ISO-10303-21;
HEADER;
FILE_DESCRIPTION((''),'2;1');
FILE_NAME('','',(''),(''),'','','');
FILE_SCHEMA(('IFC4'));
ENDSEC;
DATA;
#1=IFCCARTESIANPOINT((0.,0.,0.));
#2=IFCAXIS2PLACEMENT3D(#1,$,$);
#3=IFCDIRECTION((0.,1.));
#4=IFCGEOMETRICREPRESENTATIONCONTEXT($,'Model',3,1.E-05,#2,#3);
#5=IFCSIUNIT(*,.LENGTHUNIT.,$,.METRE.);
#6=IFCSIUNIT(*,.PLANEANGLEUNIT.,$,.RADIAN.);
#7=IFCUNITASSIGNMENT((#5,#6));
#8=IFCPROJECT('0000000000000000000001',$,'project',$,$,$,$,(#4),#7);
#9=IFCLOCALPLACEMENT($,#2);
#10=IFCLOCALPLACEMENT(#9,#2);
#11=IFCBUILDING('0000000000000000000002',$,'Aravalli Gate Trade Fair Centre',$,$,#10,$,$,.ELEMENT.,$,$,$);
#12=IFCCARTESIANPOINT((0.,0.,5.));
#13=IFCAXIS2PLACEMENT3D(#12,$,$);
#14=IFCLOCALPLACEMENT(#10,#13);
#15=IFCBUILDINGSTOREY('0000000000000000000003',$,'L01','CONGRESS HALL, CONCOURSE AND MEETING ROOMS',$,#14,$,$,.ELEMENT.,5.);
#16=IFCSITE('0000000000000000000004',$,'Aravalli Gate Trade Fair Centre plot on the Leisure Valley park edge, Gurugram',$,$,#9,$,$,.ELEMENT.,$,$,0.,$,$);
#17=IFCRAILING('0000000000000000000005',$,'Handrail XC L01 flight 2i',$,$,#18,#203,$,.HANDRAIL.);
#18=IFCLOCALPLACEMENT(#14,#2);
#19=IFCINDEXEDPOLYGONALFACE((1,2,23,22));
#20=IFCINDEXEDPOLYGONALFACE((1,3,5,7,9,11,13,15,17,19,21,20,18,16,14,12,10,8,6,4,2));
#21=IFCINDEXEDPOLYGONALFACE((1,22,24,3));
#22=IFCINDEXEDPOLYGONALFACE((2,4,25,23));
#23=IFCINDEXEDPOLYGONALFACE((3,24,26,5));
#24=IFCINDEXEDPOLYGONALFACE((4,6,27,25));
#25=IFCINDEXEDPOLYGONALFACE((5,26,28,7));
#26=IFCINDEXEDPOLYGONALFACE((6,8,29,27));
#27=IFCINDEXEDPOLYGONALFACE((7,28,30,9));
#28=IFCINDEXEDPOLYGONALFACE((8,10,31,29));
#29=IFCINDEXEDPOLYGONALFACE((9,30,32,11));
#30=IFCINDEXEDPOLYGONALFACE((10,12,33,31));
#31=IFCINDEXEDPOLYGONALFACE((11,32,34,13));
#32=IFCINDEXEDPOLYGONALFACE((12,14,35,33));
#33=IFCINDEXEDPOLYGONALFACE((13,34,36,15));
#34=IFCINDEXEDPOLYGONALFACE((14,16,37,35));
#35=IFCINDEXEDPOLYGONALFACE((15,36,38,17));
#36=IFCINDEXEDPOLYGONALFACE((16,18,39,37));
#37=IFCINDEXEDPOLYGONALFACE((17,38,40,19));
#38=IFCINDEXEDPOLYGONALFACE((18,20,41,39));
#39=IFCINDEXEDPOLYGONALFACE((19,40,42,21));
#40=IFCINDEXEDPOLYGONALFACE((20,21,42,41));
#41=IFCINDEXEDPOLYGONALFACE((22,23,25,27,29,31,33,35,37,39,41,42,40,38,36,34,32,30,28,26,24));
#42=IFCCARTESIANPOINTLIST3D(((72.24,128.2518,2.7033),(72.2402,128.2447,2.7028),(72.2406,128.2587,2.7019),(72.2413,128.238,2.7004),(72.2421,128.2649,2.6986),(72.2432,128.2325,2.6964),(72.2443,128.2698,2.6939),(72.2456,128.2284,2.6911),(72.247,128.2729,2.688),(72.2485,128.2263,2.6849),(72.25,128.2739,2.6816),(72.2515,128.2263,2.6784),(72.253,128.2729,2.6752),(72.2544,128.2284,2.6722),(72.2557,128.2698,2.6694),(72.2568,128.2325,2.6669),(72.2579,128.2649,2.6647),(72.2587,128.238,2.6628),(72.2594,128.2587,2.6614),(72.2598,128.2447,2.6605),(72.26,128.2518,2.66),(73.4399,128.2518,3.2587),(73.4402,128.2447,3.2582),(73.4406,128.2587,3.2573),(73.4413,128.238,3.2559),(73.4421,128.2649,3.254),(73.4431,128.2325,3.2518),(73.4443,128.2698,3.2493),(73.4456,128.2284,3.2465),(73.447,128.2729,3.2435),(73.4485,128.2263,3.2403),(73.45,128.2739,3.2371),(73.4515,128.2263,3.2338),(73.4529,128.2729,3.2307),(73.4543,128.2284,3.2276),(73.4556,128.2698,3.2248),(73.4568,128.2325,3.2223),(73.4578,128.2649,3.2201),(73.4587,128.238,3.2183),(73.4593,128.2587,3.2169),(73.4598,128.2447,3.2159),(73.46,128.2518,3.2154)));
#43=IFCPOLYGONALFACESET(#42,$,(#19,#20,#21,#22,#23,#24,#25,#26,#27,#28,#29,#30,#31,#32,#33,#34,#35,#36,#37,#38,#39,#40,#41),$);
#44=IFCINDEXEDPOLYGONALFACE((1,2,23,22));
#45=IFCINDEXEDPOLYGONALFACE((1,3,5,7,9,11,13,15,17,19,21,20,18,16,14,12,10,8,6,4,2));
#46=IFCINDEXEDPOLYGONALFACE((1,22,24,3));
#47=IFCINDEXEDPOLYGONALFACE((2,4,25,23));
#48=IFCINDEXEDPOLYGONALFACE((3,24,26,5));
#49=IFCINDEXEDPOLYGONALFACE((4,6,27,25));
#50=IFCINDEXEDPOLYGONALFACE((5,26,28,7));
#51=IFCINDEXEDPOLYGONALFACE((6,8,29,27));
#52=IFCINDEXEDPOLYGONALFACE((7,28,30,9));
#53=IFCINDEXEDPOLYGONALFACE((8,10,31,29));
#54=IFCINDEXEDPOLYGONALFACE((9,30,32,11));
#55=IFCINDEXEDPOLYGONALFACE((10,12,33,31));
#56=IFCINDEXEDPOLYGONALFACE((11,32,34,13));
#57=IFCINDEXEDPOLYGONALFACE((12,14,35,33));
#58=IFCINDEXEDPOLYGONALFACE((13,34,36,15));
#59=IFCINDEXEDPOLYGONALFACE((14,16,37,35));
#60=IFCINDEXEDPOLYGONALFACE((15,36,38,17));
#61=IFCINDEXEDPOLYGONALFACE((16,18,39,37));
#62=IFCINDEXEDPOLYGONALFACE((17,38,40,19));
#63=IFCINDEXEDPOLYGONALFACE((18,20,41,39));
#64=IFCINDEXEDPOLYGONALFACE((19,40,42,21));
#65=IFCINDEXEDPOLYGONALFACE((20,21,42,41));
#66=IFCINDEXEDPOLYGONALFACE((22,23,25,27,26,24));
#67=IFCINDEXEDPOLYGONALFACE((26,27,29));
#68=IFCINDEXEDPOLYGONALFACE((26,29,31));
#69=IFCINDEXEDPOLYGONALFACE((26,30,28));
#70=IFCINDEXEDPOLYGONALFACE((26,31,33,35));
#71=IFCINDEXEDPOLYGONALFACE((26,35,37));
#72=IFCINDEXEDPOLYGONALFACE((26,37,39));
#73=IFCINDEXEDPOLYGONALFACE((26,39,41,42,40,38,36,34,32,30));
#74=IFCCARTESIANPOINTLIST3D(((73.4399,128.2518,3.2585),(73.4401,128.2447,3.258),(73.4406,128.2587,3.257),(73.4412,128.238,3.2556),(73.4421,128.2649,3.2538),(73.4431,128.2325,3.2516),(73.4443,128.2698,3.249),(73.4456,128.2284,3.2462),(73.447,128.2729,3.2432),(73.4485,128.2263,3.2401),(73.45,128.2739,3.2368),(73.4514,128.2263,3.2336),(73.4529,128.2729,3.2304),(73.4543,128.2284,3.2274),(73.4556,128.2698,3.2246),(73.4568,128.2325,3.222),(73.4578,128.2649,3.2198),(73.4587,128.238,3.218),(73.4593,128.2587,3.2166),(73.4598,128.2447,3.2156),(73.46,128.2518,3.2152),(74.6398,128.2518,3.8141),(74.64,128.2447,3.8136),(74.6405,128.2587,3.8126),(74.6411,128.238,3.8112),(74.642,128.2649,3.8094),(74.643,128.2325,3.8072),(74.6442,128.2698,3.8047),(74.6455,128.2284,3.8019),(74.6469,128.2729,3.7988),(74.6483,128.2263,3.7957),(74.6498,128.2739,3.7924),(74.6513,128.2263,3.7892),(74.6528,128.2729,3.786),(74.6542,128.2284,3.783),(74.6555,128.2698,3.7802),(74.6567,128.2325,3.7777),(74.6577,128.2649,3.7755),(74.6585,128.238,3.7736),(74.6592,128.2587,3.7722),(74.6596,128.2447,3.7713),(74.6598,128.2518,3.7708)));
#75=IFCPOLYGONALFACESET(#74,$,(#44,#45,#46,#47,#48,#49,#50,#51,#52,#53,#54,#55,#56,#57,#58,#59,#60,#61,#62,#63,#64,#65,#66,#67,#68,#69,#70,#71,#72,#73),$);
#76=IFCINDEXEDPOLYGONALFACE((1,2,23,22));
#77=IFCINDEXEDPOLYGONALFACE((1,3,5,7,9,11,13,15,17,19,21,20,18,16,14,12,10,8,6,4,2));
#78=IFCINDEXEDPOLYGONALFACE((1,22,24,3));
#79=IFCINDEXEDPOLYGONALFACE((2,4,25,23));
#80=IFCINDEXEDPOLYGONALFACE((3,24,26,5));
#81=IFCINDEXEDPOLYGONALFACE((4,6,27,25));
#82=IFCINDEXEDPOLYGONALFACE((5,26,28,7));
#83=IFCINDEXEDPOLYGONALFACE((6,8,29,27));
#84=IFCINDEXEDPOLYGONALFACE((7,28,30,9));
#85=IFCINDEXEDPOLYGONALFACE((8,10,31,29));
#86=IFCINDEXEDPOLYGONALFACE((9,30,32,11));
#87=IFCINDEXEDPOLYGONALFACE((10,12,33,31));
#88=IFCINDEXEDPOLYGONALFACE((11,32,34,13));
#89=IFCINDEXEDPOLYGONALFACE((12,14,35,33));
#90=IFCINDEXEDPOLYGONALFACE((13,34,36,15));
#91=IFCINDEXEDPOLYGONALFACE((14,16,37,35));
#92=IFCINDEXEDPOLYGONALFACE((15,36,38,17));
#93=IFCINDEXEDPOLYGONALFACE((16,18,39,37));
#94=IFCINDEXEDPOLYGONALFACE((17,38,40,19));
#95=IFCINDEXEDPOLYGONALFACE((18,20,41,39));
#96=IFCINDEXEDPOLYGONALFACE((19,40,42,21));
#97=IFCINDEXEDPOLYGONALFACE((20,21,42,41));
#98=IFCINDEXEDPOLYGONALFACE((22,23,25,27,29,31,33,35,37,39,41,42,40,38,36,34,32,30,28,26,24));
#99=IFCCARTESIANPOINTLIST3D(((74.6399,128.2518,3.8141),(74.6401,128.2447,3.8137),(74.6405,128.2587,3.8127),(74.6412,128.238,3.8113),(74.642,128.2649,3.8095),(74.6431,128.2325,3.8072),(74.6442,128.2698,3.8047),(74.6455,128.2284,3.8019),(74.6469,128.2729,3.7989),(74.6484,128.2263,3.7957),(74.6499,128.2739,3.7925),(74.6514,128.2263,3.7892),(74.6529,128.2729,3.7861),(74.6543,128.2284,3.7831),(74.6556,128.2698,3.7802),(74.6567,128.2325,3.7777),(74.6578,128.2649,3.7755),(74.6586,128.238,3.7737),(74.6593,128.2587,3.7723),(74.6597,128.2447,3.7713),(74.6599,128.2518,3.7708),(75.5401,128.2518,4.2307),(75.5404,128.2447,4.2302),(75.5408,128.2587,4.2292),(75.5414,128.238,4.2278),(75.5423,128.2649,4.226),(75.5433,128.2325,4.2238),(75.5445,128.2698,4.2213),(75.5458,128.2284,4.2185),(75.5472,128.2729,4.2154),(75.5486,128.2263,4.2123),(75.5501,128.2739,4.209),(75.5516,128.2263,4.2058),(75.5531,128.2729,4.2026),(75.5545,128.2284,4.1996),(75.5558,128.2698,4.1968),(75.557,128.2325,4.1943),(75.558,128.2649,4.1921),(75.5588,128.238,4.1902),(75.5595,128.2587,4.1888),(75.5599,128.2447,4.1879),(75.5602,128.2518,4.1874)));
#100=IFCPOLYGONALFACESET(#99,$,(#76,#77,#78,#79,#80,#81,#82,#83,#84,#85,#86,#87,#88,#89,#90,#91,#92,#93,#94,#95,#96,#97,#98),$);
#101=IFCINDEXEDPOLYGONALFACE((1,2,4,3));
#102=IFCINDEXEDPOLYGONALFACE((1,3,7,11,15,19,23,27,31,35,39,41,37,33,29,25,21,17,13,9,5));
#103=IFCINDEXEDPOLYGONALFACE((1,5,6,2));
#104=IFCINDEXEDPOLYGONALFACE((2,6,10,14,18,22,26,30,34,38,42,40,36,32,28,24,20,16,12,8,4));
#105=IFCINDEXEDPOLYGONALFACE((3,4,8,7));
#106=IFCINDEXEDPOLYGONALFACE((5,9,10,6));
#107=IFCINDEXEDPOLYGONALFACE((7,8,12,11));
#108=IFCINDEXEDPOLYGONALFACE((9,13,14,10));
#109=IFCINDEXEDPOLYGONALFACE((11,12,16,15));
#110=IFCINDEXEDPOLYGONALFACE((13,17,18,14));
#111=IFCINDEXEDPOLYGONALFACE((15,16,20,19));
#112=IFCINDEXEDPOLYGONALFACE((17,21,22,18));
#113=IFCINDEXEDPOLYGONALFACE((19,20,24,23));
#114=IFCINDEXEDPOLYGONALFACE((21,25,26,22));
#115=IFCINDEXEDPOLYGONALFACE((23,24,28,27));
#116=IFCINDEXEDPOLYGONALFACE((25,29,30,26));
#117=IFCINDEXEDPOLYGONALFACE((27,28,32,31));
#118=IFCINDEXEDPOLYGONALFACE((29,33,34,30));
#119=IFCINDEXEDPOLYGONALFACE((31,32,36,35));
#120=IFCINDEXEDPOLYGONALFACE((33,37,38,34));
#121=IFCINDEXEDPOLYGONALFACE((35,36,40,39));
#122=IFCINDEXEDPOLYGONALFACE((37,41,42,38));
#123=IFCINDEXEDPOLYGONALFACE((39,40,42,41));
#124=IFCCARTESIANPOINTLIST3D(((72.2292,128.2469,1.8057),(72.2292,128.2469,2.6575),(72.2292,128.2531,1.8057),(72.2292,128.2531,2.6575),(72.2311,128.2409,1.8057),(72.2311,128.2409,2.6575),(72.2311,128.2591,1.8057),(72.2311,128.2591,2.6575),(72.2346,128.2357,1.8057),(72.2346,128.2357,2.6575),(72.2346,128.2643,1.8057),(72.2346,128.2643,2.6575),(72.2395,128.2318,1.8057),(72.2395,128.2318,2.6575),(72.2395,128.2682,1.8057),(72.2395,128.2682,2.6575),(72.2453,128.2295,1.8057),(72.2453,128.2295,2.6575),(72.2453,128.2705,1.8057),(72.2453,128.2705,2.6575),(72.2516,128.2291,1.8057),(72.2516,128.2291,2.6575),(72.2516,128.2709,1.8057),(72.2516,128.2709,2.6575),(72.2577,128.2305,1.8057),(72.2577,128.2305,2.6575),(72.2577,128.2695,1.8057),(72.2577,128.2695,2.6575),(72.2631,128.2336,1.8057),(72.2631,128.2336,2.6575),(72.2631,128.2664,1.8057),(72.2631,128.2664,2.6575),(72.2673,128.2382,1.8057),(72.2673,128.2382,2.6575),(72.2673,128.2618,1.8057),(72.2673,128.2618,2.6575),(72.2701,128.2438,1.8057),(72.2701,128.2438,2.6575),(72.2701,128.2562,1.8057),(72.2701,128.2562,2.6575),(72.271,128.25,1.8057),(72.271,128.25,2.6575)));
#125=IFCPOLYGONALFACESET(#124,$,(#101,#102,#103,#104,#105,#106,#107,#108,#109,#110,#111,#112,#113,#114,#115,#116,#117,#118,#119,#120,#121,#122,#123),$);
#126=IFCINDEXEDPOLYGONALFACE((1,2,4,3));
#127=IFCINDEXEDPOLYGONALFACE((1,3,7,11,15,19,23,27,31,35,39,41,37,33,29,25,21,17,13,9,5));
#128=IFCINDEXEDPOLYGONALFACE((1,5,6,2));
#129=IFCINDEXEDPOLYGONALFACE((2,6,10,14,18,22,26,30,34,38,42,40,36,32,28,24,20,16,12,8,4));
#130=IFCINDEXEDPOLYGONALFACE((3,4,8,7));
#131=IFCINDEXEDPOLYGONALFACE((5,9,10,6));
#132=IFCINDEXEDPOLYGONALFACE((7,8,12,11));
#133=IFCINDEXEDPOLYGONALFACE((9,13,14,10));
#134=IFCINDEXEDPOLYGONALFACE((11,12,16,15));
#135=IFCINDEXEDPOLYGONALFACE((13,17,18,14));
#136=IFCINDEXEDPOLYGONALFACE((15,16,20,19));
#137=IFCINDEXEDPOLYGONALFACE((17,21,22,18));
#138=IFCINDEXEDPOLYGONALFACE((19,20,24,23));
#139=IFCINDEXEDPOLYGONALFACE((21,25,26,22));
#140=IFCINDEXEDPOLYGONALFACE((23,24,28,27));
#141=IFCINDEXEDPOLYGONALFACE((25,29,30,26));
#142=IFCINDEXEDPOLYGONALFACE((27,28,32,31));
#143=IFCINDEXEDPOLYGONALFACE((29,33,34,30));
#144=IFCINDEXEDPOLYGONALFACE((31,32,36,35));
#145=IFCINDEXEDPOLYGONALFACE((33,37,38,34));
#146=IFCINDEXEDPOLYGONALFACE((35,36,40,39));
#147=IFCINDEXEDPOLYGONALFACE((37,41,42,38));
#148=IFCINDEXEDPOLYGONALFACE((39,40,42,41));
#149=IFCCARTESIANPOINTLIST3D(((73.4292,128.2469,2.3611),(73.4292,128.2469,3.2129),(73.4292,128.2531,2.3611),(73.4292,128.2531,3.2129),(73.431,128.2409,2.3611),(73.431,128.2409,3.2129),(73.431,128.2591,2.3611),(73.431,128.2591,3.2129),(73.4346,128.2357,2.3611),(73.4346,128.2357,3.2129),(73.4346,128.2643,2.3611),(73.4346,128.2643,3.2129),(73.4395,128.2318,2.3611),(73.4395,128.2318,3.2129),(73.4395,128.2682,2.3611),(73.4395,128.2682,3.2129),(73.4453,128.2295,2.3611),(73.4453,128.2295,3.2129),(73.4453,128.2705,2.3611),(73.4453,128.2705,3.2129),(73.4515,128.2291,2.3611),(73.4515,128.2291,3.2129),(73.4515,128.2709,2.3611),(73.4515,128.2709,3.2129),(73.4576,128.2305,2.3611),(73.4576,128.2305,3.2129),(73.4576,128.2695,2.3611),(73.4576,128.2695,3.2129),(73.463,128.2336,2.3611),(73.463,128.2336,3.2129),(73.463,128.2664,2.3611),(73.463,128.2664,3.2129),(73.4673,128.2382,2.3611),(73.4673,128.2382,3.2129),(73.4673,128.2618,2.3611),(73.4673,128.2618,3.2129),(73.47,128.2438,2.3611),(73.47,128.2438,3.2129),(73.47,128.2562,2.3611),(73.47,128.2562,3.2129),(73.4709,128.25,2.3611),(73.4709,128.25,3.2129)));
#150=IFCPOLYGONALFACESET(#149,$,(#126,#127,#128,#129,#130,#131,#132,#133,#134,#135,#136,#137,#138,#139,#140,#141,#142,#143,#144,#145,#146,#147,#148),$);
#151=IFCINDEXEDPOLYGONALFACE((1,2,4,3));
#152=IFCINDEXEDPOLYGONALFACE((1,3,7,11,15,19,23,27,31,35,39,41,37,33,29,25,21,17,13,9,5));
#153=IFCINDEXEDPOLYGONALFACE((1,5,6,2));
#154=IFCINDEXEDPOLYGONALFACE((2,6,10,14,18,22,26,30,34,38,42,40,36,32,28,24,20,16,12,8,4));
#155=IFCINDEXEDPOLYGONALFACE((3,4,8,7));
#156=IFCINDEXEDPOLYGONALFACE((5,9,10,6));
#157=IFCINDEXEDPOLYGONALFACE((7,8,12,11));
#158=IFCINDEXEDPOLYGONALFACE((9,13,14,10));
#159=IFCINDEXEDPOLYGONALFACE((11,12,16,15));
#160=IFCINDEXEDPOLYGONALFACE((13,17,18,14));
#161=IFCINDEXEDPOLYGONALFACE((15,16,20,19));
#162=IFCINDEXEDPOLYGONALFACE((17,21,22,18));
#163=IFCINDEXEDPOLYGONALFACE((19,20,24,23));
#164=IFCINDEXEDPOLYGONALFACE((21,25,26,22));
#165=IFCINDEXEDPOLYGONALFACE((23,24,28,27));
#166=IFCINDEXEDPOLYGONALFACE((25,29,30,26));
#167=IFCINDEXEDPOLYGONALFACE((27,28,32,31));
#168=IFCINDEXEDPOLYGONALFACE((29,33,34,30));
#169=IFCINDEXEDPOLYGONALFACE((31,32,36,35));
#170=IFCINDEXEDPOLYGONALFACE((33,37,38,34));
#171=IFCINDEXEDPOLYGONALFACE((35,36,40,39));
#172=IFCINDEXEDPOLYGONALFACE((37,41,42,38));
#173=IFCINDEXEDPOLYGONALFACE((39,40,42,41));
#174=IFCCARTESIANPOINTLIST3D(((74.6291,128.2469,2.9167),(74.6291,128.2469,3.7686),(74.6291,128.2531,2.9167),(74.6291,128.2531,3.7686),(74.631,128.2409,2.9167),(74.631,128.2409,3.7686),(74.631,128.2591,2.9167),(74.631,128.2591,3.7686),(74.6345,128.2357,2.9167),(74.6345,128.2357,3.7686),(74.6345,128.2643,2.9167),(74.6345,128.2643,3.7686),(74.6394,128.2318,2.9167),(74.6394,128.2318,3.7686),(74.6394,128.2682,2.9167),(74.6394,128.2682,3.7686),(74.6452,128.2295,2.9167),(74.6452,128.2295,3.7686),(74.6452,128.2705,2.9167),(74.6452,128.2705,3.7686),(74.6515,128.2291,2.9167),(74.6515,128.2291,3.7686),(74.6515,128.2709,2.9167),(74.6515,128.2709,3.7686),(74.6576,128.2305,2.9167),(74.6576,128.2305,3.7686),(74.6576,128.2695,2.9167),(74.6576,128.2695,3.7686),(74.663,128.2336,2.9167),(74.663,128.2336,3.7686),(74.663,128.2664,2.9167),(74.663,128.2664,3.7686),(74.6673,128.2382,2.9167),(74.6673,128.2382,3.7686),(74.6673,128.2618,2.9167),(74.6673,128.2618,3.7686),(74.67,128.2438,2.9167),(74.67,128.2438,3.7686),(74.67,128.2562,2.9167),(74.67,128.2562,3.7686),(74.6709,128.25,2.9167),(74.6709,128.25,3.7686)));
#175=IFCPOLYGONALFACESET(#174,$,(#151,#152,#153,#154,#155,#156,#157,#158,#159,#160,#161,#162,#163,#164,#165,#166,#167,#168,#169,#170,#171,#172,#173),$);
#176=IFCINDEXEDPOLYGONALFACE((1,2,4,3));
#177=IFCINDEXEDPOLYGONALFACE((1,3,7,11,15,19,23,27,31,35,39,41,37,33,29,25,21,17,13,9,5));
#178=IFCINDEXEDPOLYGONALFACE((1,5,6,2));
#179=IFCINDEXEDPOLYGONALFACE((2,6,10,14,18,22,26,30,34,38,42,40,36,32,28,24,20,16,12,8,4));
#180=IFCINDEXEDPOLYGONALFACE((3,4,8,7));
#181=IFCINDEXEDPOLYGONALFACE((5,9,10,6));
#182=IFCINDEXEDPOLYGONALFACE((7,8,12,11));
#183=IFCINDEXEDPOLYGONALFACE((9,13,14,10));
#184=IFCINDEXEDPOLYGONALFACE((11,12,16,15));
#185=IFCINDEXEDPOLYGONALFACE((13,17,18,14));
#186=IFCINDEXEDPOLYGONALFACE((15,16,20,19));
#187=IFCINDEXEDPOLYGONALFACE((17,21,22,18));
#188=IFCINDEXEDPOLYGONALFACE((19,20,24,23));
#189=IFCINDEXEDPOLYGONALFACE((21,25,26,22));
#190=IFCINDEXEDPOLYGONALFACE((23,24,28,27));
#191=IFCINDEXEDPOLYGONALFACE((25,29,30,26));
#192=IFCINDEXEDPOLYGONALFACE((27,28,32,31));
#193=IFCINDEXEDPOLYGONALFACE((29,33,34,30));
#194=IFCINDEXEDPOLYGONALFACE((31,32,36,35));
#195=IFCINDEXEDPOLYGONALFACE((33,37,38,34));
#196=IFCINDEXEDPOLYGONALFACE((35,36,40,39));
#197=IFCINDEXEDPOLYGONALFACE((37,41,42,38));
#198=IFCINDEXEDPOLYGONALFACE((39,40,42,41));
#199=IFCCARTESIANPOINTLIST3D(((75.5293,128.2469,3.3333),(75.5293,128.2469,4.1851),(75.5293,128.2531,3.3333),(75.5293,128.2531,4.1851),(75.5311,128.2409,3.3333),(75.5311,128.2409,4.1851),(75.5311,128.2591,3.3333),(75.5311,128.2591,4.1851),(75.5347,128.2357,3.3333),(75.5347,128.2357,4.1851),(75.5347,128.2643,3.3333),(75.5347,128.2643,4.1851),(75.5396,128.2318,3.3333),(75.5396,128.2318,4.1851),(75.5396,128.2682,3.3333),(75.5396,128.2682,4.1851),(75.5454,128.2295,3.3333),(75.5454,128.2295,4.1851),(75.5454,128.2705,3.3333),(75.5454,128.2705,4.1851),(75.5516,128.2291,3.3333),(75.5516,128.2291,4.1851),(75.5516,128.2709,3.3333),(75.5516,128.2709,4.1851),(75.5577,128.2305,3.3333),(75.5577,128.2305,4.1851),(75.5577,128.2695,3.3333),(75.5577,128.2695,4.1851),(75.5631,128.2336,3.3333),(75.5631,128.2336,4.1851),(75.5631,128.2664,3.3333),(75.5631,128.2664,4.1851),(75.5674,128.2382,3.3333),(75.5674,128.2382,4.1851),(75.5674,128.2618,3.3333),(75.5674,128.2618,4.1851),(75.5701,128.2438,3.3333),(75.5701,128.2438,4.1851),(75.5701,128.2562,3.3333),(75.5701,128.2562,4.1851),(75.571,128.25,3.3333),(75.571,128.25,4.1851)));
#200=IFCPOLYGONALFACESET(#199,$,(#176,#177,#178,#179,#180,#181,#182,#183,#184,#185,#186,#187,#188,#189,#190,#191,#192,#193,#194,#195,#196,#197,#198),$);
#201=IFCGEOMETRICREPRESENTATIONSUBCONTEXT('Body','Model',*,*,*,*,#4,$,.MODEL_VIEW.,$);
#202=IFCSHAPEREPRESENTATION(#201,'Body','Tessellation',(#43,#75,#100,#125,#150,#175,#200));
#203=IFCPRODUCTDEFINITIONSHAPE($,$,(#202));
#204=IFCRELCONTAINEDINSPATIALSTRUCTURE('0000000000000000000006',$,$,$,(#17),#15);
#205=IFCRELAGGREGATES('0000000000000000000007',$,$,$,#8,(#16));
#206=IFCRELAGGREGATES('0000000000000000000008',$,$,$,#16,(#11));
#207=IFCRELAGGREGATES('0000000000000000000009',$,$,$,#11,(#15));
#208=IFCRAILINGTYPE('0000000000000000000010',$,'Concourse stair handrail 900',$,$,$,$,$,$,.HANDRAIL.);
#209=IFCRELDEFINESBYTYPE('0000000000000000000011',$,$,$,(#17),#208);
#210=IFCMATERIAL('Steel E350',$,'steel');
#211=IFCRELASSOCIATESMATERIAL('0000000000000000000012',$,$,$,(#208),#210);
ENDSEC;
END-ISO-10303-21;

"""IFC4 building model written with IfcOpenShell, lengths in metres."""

from ifc_helpers import new_model, si_unit, direction, frame, origin, origin_2d, place, context, subcontext, project, spatial, circle, extrude, material, type_object, element, save


model = new_model("IFC4")

# Units and contexts
model_context = context("Model", 3, precision=1e-05, world=origin(), true_north=direction((0.0, 1.0)))
body_context = subcontext(model_context, "Body", "Model", "MODEL_VIEW")
ifc_project = project(units=[si_unit("LENGTHUNIT", "METRE"), si_unit("PLANEANGLEUNIT", "RADIAN")], contexts=[model_context])

# Site, building, storey
site_placement = place(None, origin())
site = spatial("IfcSite", under=ifc_project, at=site_placement, Name="Aravalli Gate Trade Fair Centre plot on the Leisure Valley park edge, Gurugram", CompositionType="ELEMENT", RefElevation=0.0)
building_placement = place(site_placement, origin())
building = spatial("IfcBuilding", under=site, at=building_placement, Name="Aravalli Gate Trade Fair Centre", CompositionType="ELEMENT")
storey_placement = place(building_placement, frame((0.0, 0.0, 5.0)))
storey = spatial("IfcBuildingStorey", under=building, at=storey_placement, Name="L01", Description="CONGRESS HALL, CONCOURSE AND MEETING ROOMS", CompositionType="ELEMENT", Elevation=5.0)

# Shared definitions
ifc_material_1 = material(Name="Steel E350", Category="steel")

# Railing
railing_type_1 = type_object("IfcRailingType", Name="Concourse stair handrail 900", PredefinedType="HANDRAIL", material=ifc_material_1)
railing_1_placement = place(storey_placement, frame((72.25, 128.25, 1.8057)))
element("IfcRailing", 1, at=railing_1_placement, inside=storey, type_object=railing_type_1, Name="Handrail XC L01 flight 2i", PredefinedType="HANDRAIL", context=body_context, shape_type="SweptSolid", body=[
    extrude(circle(Radius=0.0239, at=origin_2d()), frame((0.0, 0.0, 0.876), z_axis=(0.907499, 0.0, 0.420053), x_axis=(0.0, 1.0, 0.0)), (0.0, 0.0, 1.0), 1.3223),
    extrude(circle(Radius=0.0239, at=origin_2d()), frame((1.2, 0.0, 1.4312), z_axis=(0.907429, 0.0, 0.420205), x_axis=(0.0, 1.0, 0.0)), (0.0, 0.0, 1.0), 1.3223),
    extrude(circle(Radius=0.0239, at=origin_2d()), frame((2.3999, 0.0, 1.9868), z_axis=(0.907556, 0.0, 0.419932), x_axis=(0.0, 1.0, 0.0)), (0.0, 0.0, 1.0), 0.9919),
    extrude(circle(Radius=0.021, at=origin_2d()), origin(), (0.0, 0.0, 1.0), 0.8518),
    extrude(circle(Radius=0.021, at=origin_2d()), frame((1.2, 0.0, 0.5554)), (0.0, 0.0, 1.0), 0.8518),
    extrude(circle(Radius=0.021, at=origin_2d()), frame((2.3999, 0.0, 1.1111)), (0.0, 0.0, 1.0), 0.8518),
    extrude(circle(Radius=0.021, at=origin_2d()), frame((3.3, 0.0, 1.5276)), (0.0, 0.0, 1.0), 0.8518),
])

save(model, "model.ifc")
